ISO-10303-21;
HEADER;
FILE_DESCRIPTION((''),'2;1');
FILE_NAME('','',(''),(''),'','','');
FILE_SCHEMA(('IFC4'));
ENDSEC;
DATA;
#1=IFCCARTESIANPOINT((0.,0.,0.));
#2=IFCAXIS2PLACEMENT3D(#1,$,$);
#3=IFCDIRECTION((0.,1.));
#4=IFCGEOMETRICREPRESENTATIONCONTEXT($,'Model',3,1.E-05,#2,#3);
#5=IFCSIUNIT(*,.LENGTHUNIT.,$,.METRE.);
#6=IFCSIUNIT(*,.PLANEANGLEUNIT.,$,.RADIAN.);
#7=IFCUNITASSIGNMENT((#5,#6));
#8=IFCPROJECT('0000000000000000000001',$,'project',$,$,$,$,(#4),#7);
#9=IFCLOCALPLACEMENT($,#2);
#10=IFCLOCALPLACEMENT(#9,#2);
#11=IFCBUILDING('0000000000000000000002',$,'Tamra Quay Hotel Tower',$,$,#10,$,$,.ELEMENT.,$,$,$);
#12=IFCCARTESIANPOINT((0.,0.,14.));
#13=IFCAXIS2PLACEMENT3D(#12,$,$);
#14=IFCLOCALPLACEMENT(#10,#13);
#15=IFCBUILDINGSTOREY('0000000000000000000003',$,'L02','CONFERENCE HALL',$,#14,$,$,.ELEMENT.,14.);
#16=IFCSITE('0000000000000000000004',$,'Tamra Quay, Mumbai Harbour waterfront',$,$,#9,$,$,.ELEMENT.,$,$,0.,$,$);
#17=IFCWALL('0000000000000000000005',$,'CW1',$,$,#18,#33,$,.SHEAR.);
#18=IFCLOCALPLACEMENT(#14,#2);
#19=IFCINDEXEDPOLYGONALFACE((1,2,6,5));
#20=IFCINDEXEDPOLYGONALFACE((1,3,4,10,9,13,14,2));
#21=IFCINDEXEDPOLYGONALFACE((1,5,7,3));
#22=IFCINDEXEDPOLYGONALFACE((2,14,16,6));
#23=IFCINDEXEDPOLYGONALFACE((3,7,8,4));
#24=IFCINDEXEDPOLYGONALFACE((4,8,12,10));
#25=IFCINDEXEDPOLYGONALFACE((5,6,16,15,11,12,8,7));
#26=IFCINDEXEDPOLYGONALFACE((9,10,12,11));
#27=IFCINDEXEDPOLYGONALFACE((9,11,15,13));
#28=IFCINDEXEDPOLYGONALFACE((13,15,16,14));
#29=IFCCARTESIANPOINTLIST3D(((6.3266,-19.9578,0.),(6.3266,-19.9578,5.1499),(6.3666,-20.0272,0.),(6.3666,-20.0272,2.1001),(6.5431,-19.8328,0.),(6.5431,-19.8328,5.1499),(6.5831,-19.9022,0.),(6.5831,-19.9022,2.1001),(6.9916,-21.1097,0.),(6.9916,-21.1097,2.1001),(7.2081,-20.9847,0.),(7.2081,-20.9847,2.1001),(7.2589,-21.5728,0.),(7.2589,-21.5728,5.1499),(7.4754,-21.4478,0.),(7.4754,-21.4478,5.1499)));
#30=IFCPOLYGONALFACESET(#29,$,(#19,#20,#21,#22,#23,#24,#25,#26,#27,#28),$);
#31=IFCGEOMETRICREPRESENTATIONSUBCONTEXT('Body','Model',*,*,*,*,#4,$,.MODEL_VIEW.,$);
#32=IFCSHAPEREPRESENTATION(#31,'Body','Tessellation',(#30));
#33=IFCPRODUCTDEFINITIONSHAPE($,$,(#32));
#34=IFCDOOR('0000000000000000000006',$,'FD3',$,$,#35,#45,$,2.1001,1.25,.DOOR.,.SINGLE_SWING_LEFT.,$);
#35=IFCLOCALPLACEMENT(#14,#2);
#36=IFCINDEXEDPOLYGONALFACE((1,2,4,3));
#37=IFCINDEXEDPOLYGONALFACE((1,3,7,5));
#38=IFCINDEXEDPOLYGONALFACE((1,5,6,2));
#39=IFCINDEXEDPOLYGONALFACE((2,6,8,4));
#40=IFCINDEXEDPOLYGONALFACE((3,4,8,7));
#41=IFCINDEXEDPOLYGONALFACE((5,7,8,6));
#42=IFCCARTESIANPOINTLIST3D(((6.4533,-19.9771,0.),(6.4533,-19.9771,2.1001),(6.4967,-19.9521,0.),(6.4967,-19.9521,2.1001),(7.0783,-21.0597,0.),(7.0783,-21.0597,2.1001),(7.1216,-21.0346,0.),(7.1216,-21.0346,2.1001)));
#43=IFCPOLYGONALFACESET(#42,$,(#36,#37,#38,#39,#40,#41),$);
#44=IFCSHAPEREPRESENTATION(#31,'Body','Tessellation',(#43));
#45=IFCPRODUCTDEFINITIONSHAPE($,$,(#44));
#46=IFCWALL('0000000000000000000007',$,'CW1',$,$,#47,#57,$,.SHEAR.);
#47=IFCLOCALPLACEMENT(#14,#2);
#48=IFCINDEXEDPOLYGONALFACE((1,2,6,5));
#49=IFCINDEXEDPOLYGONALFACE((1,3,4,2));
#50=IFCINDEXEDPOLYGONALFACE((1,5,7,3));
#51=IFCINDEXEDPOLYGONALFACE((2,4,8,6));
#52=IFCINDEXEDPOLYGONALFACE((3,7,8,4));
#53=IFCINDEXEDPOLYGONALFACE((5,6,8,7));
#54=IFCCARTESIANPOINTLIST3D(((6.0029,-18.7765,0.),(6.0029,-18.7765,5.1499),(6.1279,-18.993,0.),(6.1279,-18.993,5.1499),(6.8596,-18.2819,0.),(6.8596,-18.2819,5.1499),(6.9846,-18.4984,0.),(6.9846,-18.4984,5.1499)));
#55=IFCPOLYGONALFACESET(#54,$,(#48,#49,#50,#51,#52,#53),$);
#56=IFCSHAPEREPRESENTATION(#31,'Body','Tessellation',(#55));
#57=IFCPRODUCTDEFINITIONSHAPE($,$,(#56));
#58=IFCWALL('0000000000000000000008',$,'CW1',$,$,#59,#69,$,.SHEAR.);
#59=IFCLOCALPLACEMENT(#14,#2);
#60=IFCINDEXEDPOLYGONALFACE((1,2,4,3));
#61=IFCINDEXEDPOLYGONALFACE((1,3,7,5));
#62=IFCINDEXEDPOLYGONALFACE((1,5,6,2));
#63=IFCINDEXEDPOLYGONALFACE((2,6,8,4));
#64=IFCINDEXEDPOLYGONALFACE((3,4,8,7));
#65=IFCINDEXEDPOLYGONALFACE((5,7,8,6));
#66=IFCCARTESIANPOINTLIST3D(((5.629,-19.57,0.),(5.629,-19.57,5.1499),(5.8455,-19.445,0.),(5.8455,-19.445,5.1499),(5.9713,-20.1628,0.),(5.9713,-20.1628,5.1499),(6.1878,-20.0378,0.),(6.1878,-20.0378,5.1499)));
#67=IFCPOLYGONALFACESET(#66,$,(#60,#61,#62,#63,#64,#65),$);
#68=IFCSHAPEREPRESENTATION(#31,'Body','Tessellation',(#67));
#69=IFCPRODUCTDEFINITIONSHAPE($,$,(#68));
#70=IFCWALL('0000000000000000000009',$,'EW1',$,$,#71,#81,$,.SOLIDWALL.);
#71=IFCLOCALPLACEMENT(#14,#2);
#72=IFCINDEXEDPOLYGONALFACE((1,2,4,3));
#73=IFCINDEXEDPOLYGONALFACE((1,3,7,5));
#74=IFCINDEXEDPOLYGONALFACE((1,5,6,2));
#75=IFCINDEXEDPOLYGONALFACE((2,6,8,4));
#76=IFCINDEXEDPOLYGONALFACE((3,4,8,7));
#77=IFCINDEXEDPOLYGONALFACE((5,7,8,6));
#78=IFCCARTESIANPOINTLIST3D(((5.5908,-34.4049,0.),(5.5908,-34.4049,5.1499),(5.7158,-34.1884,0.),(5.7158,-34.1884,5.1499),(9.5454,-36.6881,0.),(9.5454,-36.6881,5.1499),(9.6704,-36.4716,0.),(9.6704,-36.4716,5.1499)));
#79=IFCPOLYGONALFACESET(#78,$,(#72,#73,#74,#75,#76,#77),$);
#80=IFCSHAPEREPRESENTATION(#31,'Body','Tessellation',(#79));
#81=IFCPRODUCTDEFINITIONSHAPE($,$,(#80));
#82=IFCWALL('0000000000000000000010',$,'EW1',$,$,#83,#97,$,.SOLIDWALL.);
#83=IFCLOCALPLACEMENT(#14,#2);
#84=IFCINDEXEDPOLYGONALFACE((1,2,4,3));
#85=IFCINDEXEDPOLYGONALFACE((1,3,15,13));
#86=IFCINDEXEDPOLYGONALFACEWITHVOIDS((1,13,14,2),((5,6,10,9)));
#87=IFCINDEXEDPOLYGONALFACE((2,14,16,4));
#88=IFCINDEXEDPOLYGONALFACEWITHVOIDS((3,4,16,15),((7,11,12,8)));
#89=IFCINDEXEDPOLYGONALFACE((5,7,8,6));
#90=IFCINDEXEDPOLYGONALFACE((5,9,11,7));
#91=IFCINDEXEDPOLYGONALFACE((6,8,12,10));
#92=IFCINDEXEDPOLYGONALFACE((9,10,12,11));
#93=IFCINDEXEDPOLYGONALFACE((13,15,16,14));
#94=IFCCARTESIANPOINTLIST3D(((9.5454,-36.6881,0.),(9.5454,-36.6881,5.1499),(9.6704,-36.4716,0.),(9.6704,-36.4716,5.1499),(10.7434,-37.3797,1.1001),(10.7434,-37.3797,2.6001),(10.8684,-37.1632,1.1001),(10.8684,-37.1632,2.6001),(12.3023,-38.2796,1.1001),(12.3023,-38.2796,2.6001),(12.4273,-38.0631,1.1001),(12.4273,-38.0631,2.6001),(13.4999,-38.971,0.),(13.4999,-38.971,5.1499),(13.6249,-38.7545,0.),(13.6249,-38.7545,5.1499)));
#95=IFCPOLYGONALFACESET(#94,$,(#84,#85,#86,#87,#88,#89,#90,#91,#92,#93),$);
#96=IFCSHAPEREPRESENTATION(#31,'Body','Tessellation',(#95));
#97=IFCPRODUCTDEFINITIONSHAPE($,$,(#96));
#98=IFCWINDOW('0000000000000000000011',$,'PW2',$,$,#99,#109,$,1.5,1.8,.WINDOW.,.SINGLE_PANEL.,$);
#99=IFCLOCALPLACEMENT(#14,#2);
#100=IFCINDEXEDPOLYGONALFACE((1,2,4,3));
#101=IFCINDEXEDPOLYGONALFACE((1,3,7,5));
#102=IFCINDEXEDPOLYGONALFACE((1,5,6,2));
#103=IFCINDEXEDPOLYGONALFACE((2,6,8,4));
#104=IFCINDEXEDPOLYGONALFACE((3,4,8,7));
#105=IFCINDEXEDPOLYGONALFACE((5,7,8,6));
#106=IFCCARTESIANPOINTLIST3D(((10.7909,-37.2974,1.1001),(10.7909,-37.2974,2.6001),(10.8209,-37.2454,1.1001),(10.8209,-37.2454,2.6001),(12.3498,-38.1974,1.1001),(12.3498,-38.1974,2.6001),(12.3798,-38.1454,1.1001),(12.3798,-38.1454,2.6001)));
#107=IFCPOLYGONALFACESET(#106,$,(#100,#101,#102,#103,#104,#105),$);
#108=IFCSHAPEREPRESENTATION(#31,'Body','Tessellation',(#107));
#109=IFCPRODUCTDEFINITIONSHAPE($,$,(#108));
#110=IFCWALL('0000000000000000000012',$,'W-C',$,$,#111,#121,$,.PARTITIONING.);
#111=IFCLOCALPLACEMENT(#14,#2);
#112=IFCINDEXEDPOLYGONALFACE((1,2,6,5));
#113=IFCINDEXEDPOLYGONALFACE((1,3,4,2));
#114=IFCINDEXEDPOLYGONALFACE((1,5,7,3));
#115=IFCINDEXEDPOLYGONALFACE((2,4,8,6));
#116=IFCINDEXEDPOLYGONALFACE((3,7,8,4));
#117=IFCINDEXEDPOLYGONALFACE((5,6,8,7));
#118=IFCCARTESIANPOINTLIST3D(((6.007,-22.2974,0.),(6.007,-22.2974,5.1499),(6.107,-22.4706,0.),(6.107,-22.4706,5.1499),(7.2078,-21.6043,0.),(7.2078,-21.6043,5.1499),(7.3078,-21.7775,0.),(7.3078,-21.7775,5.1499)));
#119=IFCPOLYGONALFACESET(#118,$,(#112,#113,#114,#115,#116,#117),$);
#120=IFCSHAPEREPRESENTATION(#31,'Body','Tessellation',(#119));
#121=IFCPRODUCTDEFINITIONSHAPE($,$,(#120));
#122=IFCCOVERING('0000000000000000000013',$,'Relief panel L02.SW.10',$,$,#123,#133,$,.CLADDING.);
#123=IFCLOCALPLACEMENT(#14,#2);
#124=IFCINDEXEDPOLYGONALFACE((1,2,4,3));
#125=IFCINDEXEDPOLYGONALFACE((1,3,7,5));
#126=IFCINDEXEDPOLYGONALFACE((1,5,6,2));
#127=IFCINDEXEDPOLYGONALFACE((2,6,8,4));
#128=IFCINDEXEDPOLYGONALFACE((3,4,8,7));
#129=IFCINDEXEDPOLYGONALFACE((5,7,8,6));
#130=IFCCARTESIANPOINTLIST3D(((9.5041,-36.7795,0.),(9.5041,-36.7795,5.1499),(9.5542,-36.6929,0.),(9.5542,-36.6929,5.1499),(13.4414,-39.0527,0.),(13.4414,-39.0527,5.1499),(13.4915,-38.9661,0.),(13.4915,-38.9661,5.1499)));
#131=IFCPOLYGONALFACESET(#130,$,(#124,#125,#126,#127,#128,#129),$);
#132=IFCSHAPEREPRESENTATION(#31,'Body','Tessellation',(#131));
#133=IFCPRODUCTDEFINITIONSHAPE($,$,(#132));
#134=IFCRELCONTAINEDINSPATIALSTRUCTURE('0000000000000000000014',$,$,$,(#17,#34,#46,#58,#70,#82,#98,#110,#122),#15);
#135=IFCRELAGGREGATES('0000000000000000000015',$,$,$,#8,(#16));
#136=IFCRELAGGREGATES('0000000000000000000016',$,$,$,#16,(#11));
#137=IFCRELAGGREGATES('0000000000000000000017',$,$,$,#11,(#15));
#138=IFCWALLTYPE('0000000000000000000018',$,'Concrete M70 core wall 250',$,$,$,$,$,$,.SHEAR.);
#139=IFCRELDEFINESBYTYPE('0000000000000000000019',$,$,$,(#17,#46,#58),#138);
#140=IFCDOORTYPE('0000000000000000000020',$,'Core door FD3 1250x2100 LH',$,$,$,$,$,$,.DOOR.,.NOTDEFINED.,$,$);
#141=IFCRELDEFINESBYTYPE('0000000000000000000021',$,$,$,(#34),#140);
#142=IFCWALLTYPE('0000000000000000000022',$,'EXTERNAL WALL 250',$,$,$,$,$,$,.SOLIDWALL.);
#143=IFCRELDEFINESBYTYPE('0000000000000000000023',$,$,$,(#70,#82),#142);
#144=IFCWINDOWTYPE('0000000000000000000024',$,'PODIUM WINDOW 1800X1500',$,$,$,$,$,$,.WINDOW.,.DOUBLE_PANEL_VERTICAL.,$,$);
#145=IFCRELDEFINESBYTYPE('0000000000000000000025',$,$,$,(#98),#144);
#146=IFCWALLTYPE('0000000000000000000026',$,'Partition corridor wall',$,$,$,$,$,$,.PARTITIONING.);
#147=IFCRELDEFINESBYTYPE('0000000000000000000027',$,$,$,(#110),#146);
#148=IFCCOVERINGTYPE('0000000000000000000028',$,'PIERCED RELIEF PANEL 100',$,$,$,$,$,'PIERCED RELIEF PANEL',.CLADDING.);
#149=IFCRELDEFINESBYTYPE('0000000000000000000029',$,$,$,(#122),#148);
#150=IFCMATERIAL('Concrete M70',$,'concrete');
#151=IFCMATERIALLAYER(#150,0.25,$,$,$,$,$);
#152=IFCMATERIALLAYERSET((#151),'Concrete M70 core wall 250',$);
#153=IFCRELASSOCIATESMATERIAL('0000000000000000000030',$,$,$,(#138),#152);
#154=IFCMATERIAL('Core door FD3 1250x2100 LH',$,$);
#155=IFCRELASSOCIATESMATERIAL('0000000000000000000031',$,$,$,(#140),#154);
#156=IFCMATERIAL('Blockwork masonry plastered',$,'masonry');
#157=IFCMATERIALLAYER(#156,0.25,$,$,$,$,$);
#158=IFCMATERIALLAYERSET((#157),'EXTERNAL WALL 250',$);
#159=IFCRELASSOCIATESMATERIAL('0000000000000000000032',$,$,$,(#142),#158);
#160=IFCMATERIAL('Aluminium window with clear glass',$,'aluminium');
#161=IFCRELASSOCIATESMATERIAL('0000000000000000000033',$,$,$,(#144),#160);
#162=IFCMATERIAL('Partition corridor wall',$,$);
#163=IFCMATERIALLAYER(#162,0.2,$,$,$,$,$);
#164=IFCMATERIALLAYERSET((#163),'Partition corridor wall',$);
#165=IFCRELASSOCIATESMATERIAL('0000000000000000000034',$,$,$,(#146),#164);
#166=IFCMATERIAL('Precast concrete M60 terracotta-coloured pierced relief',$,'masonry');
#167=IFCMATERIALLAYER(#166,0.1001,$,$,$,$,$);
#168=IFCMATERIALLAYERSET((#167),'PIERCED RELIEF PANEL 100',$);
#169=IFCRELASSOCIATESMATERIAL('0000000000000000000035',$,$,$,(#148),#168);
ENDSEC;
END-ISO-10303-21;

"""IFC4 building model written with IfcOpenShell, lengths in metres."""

from ifc_helpers import new_model, si_unit, direction, frame, frame_2d, origin, origin_2d, place, context, subcontext, project, spatial, rectangle, extrude, material, layer, layer_set, type_object, element, fill, save


model = new_model("IFC4")

# Units and contexts
model_context = context("Model", 3, precision=1e-05, world=origin(), true_north=direction((0.0, 1.0)))
body_context = subcontext(model_context, "Body", "Model", "MODEL_VIEW")
ifc_project = project(units=[si_unit("LENGTHUNIT", "METRE"), si_unit("PLANEANGLEUNIT", "RADIAN")], contexts=[model_context])

# Site, building, storey
site_placement = place(None, origin())
site = spatial("IfcSite", under=ifc_project, at=site_placement, Name="Tamra Quay, Mumbai Harbour waterfront", CompositionType="ELEMENT", RefElevation=0.0)
building_placement = place(site_placement, origin())
building = spatial("IfcBuilding", under=site, at=building_placement, Name="Tamra Quay Hotel Tower", CompositionType="ELEMENT")
storey_placement = place(building_placement, frame((0.0, 0.0, 14.0)))
storey = spatial("IfcBuildingStorey", under=building, at=storey_placement, Name="L02", Description="CONFERENCE HALL", CompositionType="ELEMENT", Elevation=14.0)

# Shared definitions
ifc_material_1 = material(Name="Concrete M70", Category="concrete")

# Shared definitions
ifc_layer_1 = layer(ifc_material_1, 0.25)
ifc_layer_set_1 = layer_set([ifc_layer_1], Name="Concrete M70 core wall 250")
wall_type_1 = type_object("IfcWallType", Name="Concrete M70 core wall 250", PredefinedType="SHEAR", material=ifc_layer_set_1)

# Wall, opening, door
wall_1_placement = place(storey_placement, frame((7.3672, -21.5103, 0.0), z_axis=(0.0, 0.0, 1.0), x_axis=(-0.499983, 0.866035, 0.0)))
wall_1 = element("IfcWall", 1, at=wall_1_placement, inside=storey, type_object=wall_type_1, Name="CW1", PredefinedType="SHEAR", context=body_context, shape_type="SweptSolid", body=[
    extrude(rectangle(XDim=1.8647, YDim=0.25, at=frame_2d((0.9324, 0.0))), origin(), (0.0, 0.0, 1.0), 5.1499),
])
opening_1_placement = place(wall_1_placement, frame((0.5347, 0.0, 0.0)))
opening_1 = element("IfcOpeningElement", 2, at=opening_1_placement, cuts=wall_1, PredefinedType="OPENING", context=body_context, shape_type="SweptSolid", body=[
    extrude(rectangle(XDim=1.25, YDim=2.1001, at=frame_2d((0.625, 1.05))), frame((0.0, 0.135, 0.0), z_axis=(0.0, -1.0, 0.0), x_axis=(1.0, 0.0, 0.0)), (0.0, 0.0, 1.0), 0.27),
])
ifc_material_2 = material(Name="Core door FD3 1250x2100 LH")
door_type_1 = type_object("IfcDoorType", Name="Core door FD3 1250x2100 LH", OperationType="NOTDEFINED", PredefinedType="DOOR", material=ifc_material_2)
door_1_placement = place(opening_1_placement, origin())
door_1 = element("IfcDoor", 3, at=door_1_placement, inside=storey, type_object=door_type_1, Name="FD3", OperationType="SINGLE_SWING_LEFT", OverallHeight=2.1001, OverallWidth=1.25, PredefinedType="DOOR", context=body_context, shape_type="SweptSolid", body=[
    extrude(rectangle(XDim=1.25, YDim=2.1001, at=frame_2d((0.625, 1.05))), frame((0.0, 0.0249, 0.0), z_axis=(0.0, -1.0, 0.0), x_axis=(1.0, 0.0, 0.0)), (0.0, 0.0, 1.0), 0.05),
])
fill(opening_1, door_1)

# Walls
wall_2_placement = place(storey_placement, frame((6.0654, -18.8848, 0.0), z_axis=(0.0, 0.0, 1.0), x_axis=(0.866017, 0.500014, 0.0)))
element("IfcWall", 4, at=wall_2_placement, inside=storey, type_object=wall_type_1, Name="CW1", PredefinedType="SHEAR", context=body_context, shape_type="SweptSolid", body=[
    extrude(rectangle(XDim=0.9893, YDim=0.25, at=frame_2d((0.4946, 0.0))), origin(), (0.0, 0.0, 1.0), 5.1499),
])
wall_3_placement = place(storey_placement, frame((6.0796, -20.1003, 0.0), z_axis=(0.0, 0.0, 1.0), x_axis=(-0.500052, 0.865996, 0.0)))
element("IfcWall", 5, at=wall_3_placement, inside=storey, type_object=wall_type_1, Name="CW1", PredefinedType="SHEAR", context=body_context, shape_type="SweptSolid", body=[
    extrude(rectangle(XDim=0.6846, YDim=0.25, at=frame_2d((0.3423, 0.0))), origin(), (0.0, 0.0, 1.0), 5.1499),
])
ifc_material_3 = material(Name="Blockwork masonry plastered", Category="masonry")
ifc_layer_2 = layer(ifc_material_3, 0.25)
ifc_layer_set_2 = layer_set([ifc_layer_2], Name="EXTERNAL WALL 250")
wall_type_2 = type_object("IfcWallType", Name="EXTERNAL WALL 250", PredefinedType="SOLIDWALL", material=ifc_layer_set_2)
wall_4_placement = place(storey_placement, frame((9.6079, -36.5798, 0.0), z_axis=(0.0, 0.0, 1.0), x_axis=(-0.866024, 0.500003, 0.0)))
element("IfcWall", 6, at=wall_4_placement, inside=storey, type_object=wall_type_2, Name="EW1", PredefinedType="SOLIDWALL", context=body_context, shape_type="SweptSolid", body=[
    extrude(rectangle(XDim=4.5664, YDim=0.25, at=frame_2d((2.2832, 0.0))), origin(), (0.0, 0.0, 1.0), 5.1499),
])

# Wall, opening, window
wall_5_placement = place(storey_placement, frame((13.5625, -38.8628, 0.0), z_axis=(0.0, 0.0, 1.0), x_axis=(-0.866047, 0.499963, 0.0)))
wall_5 = element("IfcWall", 7, at=wall_5_placement, inside=storey, type_object=wall_type_2, Name="EW1", PredefinedType="SOLIDWALL", context=body_context, shape_type="SweptSolid", body=[
    extrude(rectangle(XDim=4.5662, YDim=0.25, at=frame_2d((2.2832, 0.0))), origin(), (0.0, 0.0, 1.0), 5.1499),
])
opening_2_placement = place(wall_5_placement, frame((1.3831, 0.0, 1.1001)))
opening_2 = element("IfcOpeningElement", 8, at=opening_2_placement, cuts=wall_5, PredefinedType="OPENING", context=body_context, shape_type="SweptSolid", body=[
    extrude(rectangle(XDim=1.8, YDim=1.5, at=frame_2d((0.8999, 0.75))), frame((0.0, 0.135, 0.0), z_axis=(0.0, -1.0, 0.0), x_axis=(1.0, 0.0, 0.0)), (0.0, 0.0, 1.0), 0.27),
])
ifc_material_4 = material(Name="Aluminium window with clear glass", Category="aluminium")
window_type = type_object("IfcWindowType", Name="PODIUM WINDOW 1800X1500", PartitioningType="DOUBLE_PANEL_VERTICAL", PredefinedType="WINDOW", material=ifc_material_4)
window_placement = place(opening_2_placement, origin())
window = element("IfcWindow", 9, at=window_placement, inside=storey, type_object=window_type, Name="PW2", OverallHeight=1.5, OverallWidth=1.8, PartitioningType="SINGLE_PANEL", PredefinedType="WINDOW", context=body_context, shape_type="SweptSolid", body=[
    extrude(rectangle(XDim=1.8, YDim=1.5, at=frame_2d((0.8999, 0.75))), frame((0.0, 0.03, 0.0), z_axis=(0.0, -1.0, 0.0), x_axis=(1.0, 0.0, 0.0)), (0.0, 0.0, 1.0), 0.0601),
])
fill(opening_2, window)

# Wall
ifc_material_5 = material(Name="Partition corridor wall")
ifc_layer_3 = layer(ifc_material_5, 0.2)
ifc_layer_set_3 = layer_set([ifc_layer_3], Name="Partition corridor wall")
wall_type_3 = type_object("IfcWallType", Name="Partition corridor wall", PredefinedType="PARTITIONING", material=ifc_layer_set_3)
wall_6_placement = place(storey_placement, frame((6.0569, -22.384, 0.0), z_axis=(0.0, 0.0, 1.0), x_axis=(0.866101, 0.49987, 0.0)))
element("IfcWall", 10, at=wall_6_placement, inside=storey, type_object=wall_type_3, Name="W-C", PredefinedType="PARTITIONING", context=body_context, shape_type="SweptSolid", body=[
    extrude(rectangle(XDim=1.3865, YDim=0.2, at=frame_2d((0.6934, 0.0))), origin(), (0.0, 0.0, 1.0), 5.1499),
])

# Covering
ifc_material_6 = material(Name="Precast concrete M60 terracotta-coloured pierced relief", Category="masonry")
ifc_layer_4 = layer(ifc_material_6, 0.1001)
ifc_layer_set_4 = layer_set([ifc_layer_4], Name="PIERCED RELIEF PANEL 100")
covering_type = type_object("IfcCoveringType", Name="PIERCED RELIEF PANEL 100", ElementType="PIERCED RELIEF PANEL", PredefinedType="CLADDING", material=ifc_layer_set_4)
covering_placement = place(storey_placement, frame((11.4978, -37.8728, 0.0), z_axis=(0.0, 0.0, 1.0), x_axis=(0.866025, -0.5, 0.0)))
element("IfcCovering", 11, at=covering_placement, inside=storey, type_object=covering_type, Name="Relief panel L02.SW.10", PredefinedType="CLADDING", context=body_context, shape_type="SweptSolid", body=[
    extrude(rectangle(XDim=4.5464, YDim=0.1001, at=origin_2d()), origin(), (0.0, 0.0, 1.0), 5.1499),
])

save(model, "model.ifc")
